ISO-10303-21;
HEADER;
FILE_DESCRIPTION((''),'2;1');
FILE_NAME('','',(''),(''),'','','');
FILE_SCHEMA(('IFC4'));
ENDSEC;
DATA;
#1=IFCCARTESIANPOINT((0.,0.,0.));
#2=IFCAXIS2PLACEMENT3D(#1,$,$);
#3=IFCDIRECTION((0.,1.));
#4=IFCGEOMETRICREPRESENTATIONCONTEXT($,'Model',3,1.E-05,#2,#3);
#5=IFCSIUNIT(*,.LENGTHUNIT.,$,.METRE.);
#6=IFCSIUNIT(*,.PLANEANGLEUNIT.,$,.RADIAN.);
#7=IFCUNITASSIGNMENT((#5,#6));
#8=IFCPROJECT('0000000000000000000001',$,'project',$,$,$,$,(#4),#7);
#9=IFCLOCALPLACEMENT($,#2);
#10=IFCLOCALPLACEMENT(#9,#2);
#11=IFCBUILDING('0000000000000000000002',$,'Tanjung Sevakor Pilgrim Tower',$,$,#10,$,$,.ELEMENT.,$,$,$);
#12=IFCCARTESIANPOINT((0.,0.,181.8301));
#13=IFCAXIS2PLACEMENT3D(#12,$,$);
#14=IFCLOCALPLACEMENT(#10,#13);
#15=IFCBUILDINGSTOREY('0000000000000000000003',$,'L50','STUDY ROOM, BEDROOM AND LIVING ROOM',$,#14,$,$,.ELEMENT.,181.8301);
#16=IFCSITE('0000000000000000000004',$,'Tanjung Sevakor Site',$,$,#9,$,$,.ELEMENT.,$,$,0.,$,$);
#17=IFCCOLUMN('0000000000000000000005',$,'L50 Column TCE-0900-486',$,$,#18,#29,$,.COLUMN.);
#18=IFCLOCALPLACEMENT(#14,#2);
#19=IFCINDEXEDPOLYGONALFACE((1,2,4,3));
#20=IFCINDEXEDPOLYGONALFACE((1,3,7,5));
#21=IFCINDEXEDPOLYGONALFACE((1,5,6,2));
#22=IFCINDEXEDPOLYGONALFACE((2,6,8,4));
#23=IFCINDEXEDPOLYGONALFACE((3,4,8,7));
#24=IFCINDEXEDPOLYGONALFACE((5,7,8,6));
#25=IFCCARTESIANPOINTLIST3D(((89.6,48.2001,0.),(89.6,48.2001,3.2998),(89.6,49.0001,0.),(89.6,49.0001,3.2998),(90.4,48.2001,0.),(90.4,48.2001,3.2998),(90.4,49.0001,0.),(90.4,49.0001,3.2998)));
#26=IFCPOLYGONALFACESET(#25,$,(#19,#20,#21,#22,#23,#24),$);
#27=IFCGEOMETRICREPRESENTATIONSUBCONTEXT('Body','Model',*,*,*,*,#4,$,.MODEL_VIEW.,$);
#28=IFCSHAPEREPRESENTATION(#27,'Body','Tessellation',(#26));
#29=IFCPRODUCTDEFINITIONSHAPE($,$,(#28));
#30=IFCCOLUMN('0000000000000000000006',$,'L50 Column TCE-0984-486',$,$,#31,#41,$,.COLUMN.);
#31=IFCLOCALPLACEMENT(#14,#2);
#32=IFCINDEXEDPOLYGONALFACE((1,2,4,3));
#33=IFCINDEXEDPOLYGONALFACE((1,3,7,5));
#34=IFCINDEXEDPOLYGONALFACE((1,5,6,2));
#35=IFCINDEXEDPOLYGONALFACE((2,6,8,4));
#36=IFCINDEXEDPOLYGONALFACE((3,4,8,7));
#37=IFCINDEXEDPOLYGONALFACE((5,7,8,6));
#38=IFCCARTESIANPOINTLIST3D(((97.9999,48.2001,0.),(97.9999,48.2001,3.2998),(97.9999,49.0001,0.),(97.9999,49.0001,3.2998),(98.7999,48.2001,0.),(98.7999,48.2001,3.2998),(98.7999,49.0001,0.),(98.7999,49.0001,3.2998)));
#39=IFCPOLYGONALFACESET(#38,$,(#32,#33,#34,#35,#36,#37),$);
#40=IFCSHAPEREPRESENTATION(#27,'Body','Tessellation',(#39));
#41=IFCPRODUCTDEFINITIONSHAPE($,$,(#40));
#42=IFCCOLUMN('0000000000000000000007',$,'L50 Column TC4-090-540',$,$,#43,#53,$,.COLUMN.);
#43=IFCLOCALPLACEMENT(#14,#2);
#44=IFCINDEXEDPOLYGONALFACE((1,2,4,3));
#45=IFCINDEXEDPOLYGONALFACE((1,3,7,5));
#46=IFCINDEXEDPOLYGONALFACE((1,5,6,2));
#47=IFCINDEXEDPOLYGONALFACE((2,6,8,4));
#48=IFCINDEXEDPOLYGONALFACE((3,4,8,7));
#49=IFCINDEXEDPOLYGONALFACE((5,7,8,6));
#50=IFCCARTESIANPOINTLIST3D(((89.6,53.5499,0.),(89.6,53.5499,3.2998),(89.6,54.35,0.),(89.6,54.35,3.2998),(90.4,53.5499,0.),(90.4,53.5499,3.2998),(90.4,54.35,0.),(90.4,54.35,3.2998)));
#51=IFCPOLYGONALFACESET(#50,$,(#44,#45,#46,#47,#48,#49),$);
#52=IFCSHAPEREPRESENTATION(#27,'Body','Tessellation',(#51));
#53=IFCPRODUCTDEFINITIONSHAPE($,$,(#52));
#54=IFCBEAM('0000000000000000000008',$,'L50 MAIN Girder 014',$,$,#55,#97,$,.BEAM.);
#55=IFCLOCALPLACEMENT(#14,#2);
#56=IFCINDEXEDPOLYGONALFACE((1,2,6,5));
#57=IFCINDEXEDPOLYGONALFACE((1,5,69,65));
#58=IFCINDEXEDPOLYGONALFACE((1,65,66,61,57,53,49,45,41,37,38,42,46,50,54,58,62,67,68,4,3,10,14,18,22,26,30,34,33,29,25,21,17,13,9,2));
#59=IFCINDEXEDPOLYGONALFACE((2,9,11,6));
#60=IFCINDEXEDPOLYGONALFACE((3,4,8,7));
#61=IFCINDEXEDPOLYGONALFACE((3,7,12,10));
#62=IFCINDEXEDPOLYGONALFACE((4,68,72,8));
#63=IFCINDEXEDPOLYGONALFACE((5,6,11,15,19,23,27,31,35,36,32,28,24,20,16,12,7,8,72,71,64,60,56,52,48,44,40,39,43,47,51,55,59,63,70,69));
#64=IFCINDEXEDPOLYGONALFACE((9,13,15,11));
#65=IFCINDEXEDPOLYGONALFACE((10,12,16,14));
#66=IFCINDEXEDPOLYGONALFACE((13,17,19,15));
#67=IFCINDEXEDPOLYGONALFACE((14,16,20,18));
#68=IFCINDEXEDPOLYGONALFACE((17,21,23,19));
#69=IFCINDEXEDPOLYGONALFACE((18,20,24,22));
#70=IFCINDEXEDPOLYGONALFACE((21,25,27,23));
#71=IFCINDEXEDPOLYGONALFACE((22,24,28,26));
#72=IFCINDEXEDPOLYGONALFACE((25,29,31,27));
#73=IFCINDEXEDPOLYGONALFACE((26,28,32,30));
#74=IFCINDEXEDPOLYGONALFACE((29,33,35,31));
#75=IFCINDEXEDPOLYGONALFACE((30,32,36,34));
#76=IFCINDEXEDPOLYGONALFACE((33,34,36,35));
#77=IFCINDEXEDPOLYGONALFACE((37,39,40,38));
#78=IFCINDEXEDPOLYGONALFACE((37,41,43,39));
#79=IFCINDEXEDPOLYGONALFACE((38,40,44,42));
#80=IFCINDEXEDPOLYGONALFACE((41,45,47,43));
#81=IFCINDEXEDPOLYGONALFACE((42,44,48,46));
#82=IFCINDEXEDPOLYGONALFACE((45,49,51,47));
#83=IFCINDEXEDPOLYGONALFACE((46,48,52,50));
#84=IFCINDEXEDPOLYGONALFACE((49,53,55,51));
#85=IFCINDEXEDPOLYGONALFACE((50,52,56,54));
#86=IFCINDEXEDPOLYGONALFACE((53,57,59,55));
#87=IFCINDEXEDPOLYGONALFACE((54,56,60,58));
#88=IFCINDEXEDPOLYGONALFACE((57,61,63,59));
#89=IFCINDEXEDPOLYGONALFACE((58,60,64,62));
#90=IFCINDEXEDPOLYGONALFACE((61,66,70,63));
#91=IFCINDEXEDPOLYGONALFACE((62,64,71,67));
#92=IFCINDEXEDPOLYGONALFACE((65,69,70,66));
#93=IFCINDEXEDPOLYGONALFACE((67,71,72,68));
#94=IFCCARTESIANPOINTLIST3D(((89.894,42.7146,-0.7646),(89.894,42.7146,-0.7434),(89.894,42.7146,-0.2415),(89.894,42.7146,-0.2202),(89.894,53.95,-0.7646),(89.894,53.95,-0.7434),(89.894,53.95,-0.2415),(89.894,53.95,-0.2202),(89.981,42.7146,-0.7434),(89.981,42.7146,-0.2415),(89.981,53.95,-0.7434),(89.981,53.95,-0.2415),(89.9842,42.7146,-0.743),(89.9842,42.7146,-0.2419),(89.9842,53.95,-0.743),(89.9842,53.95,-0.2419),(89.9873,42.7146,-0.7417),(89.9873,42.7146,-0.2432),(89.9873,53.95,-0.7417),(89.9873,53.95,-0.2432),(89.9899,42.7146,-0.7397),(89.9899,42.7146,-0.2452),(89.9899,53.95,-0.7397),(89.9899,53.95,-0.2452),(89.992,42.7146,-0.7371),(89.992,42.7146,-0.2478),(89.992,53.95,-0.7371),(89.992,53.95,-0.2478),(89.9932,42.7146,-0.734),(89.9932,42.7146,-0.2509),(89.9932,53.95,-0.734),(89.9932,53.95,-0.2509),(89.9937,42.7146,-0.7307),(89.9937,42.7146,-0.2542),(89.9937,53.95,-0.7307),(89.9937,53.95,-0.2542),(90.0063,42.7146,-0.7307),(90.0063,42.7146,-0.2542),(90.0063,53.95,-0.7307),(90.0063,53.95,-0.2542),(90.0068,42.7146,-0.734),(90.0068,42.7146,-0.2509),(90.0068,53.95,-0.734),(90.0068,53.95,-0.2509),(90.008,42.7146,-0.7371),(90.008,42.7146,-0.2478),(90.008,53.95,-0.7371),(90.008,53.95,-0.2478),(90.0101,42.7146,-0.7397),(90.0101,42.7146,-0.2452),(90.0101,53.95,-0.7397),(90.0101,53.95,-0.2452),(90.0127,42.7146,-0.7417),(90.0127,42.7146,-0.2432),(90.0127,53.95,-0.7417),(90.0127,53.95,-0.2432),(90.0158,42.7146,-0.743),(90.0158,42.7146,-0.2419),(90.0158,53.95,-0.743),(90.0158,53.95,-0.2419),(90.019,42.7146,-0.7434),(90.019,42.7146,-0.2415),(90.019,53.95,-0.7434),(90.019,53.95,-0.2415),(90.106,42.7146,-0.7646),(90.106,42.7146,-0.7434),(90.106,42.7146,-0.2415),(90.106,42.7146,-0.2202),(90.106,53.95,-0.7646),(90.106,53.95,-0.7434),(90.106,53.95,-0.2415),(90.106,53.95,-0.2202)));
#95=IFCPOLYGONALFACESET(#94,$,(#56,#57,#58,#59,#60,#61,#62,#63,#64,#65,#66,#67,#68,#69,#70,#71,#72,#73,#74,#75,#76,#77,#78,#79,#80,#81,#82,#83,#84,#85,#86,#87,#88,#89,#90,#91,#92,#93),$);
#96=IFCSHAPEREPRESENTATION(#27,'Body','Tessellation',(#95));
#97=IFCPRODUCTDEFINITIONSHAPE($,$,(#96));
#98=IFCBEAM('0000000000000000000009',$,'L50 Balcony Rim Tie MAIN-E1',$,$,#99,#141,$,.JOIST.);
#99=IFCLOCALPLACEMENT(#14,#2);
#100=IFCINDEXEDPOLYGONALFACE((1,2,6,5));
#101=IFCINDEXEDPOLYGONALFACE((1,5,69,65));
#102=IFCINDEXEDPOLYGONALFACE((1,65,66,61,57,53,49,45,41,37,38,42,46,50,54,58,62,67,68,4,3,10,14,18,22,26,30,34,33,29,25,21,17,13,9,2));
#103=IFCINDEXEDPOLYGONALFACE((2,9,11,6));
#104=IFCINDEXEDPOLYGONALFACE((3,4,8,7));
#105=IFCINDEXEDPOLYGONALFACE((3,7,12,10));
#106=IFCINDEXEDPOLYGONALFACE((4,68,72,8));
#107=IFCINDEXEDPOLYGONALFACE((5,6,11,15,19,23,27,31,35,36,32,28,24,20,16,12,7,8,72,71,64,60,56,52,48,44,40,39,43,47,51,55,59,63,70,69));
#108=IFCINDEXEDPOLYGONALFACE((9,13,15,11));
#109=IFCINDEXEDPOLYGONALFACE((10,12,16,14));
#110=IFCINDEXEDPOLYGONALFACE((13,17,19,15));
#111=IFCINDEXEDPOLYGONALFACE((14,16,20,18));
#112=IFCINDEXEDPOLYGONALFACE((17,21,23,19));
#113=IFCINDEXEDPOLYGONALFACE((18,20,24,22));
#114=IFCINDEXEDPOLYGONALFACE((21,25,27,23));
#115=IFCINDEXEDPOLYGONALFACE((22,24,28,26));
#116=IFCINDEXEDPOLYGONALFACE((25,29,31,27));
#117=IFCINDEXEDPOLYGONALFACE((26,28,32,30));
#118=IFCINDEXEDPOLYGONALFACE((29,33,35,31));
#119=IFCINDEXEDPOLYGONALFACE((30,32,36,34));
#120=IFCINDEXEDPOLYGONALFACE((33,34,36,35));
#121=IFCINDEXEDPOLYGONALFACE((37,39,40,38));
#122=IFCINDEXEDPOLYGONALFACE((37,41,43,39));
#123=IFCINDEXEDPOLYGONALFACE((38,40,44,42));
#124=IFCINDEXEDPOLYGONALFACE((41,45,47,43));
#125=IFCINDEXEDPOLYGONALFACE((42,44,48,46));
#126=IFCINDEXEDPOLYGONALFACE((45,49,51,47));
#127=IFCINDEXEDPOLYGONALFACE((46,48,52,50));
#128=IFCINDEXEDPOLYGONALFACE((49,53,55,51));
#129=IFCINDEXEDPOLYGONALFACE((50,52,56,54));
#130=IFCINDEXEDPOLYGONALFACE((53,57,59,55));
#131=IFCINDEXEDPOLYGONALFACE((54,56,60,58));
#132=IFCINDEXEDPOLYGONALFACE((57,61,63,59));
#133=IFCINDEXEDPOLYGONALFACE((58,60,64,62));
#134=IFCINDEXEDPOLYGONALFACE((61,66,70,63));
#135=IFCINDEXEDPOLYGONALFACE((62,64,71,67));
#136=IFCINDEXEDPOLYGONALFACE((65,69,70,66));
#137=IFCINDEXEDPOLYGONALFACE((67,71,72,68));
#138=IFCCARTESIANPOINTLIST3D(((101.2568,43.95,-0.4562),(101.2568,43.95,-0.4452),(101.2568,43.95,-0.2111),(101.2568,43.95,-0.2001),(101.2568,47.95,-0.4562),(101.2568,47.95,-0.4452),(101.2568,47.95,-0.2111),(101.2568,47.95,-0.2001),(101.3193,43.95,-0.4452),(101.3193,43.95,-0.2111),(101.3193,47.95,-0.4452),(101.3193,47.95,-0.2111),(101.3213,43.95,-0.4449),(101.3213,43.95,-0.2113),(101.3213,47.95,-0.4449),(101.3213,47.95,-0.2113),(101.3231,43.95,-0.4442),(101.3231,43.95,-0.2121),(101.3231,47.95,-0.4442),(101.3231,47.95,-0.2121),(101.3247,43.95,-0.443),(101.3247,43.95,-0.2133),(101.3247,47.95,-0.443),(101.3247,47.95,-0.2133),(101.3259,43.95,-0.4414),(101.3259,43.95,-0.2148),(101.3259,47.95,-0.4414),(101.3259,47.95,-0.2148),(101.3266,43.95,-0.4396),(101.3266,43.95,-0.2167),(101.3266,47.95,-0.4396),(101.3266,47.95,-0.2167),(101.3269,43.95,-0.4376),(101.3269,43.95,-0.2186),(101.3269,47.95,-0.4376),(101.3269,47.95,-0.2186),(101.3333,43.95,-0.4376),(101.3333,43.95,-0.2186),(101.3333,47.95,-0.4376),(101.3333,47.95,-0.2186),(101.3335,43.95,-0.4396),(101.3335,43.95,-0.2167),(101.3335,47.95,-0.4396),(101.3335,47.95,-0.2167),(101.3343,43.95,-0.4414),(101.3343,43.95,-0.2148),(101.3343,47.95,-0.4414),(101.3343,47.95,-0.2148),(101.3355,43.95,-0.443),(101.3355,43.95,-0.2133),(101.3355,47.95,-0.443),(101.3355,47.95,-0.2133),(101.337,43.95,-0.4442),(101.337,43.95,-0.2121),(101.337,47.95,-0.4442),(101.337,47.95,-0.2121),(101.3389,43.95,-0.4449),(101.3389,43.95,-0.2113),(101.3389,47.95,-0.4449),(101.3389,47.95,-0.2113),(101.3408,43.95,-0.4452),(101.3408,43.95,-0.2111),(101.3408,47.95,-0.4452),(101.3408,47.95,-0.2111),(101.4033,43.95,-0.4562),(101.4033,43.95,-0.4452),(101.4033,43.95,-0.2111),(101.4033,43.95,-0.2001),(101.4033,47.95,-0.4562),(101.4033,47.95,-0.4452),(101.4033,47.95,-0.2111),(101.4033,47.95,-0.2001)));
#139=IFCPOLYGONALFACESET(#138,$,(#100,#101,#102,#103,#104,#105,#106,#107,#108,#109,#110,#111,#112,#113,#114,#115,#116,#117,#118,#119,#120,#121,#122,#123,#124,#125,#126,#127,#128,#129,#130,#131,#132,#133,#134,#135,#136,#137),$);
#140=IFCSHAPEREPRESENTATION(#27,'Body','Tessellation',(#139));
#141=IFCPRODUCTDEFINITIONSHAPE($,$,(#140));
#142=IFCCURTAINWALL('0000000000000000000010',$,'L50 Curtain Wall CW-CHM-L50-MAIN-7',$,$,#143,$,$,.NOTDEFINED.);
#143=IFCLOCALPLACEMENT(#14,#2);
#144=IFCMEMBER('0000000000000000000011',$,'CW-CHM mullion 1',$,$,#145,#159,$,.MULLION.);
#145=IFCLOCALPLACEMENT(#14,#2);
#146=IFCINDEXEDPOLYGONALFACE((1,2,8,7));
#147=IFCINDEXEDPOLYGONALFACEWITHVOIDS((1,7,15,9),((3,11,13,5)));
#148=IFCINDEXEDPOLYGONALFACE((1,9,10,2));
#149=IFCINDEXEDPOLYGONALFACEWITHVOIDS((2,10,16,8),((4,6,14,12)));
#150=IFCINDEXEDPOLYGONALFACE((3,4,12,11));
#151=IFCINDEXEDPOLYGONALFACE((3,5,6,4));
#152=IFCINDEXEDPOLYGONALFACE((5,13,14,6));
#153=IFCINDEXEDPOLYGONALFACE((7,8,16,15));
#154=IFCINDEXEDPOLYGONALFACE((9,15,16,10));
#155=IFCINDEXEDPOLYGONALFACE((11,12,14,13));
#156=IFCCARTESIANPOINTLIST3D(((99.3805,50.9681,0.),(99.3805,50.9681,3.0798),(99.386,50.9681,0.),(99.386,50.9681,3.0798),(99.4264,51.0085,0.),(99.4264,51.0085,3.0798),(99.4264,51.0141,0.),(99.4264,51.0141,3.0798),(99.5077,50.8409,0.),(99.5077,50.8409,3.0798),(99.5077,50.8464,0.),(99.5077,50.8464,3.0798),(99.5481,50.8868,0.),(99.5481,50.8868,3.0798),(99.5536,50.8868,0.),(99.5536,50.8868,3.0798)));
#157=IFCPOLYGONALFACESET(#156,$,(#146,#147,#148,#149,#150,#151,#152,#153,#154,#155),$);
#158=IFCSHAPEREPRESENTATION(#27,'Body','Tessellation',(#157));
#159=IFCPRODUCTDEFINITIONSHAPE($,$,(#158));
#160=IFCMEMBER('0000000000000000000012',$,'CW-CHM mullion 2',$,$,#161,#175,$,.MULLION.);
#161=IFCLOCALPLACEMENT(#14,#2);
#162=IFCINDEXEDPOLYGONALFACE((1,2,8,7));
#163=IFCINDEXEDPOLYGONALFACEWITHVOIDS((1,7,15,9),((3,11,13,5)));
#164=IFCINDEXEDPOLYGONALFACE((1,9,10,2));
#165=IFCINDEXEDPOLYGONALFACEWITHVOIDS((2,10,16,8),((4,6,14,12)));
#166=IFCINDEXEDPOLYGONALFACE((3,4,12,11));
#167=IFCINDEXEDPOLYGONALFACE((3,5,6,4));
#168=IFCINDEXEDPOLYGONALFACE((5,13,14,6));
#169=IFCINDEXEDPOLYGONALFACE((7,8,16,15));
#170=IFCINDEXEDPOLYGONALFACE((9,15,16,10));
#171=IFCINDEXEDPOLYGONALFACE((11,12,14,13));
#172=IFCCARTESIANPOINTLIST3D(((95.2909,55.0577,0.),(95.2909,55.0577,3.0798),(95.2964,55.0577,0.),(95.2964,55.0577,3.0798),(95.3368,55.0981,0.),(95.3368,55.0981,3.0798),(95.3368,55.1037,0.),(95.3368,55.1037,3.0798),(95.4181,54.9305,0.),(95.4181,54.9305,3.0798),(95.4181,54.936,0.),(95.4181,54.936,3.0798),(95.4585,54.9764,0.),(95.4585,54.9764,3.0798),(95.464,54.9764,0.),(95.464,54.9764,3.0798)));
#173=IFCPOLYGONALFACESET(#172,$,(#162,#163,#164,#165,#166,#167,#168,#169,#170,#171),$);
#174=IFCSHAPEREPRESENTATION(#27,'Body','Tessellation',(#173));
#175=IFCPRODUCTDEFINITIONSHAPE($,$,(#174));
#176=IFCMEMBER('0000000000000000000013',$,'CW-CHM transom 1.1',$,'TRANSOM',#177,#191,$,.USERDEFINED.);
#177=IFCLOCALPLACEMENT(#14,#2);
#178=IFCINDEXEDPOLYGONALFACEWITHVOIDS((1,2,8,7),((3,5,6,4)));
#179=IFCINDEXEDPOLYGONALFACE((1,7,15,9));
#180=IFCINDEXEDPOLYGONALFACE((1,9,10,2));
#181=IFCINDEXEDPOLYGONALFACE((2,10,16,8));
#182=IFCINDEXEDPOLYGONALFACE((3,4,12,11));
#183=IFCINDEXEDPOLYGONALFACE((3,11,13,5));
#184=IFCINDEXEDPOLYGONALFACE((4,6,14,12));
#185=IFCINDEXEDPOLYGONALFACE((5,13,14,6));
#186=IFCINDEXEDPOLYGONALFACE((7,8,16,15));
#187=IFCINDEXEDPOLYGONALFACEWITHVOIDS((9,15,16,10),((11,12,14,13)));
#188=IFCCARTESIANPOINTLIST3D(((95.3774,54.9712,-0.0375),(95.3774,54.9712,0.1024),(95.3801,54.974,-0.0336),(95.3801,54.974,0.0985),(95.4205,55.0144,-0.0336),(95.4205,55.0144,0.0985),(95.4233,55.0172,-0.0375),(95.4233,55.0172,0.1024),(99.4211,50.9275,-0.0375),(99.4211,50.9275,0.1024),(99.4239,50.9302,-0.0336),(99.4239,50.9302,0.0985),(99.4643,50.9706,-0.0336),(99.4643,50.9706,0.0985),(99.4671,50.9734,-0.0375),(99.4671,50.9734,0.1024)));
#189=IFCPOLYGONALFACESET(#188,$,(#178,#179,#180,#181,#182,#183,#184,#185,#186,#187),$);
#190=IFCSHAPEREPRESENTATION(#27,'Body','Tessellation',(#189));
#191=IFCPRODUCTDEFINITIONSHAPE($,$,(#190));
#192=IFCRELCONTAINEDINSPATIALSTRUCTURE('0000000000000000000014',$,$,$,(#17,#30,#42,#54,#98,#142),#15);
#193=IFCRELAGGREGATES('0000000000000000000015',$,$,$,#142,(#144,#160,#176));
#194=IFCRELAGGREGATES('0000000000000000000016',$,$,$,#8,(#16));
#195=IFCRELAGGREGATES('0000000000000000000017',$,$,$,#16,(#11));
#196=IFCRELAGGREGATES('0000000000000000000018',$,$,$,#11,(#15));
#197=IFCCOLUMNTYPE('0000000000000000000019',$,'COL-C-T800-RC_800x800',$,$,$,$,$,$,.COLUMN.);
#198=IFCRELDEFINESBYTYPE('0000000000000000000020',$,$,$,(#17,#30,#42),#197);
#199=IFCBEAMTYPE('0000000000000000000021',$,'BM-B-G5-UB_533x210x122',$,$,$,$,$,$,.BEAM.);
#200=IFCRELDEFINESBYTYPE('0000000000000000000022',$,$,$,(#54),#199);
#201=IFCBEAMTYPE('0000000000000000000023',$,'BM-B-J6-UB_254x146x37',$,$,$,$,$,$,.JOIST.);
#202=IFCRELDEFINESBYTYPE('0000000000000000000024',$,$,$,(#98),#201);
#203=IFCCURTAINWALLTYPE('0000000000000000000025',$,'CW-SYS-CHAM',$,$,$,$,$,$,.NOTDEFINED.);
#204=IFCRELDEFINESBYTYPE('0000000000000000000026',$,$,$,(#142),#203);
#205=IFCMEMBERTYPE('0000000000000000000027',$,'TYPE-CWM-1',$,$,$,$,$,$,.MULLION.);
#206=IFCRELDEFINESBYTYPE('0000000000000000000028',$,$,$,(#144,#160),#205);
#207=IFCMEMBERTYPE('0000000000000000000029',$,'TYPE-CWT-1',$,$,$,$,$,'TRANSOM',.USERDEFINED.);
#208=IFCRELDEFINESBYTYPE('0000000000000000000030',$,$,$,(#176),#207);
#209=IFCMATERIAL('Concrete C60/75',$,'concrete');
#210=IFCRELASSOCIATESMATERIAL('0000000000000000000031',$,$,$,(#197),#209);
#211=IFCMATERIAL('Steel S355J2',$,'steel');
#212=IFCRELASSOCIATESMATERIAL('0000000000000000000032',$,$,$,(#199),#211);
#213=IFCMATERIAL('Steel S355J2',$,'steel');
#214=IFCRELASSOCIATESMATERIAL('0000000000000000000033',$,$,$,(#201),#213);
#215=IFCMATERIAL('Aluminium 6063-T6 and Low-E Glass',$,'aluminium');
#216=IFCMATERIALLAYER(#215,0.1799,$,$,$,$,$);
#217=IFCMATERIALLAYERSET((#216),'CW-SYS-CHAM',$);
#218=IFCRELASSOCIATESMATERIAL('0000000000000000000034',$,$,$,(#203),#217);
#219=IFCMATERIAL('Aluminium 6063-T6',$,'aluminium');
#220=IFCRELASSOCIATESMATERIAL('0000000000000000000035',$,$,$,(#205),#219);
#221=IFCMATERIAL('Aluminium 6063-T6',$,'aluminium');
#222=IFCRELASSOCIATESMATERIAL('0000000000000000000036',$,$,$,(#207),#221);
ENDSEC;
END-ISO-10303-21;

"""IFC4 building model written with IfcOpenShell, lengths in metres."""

from ifc_helpers import new_model, si_unit, direction, frame, origin, origin_2d, place, context, subcontext, project, spatial, rectangle, hollow_rectangle, i_section, extrude, material, layer, layer_set, material_profile, profile_set, type_object, element, aggregate, save


model = new_model("IFC4")

# Units and contexts
model_context = context("Model", 3, precision=1e-05, world=origin(), true_north=direction((0.0, 1.0)))
body_context = subcontext(model_context, "Body", "Model", "MODEL_VIEW")
ifc_project = project(units=[si_unit("LENGTHUNIT", "METRE"), si_unit("PLANEANGLEUNIT", "RADIAN")], contexts=[model_context])

# Site, building, storey
site_placement = place(None, origin())
site = spatial("IfcSite", under=ifc_project, at=site_placement, Name="Tanjung Sevakor Site", CompositionType="ELEMENT", RefElevation=0.0)
building_placement = place(site_placement, origin())
building = spatial("IfcBuilding", under=site, at=building_placement, Name="Tanjung Sevakor Pilgrim Tower", CompositionType="ELEMENT")
storey_placement = place(building_placement, frame((0.0, 0.0, 181.8301)))
storey = spatial("IfcBuildingStorey", under=building, at=storey_placement, Name="L50", Description="STUDY ROOM, BEDROOM AND LIVING ROOM", CompositionType="ELEMENT", Elevation=181.8301)

# Columns
ifc_material_1 = material(Name="Concrete C60/75", Category="concrete")
ifc_material_profile_1 = material_profile(ifc_material_1, rectangle(XDim=0.8, YDim=0.8, at=origin_2d()))
ifc_profile_set_1 = profile_set([ifc_material_profile_1], Name="Concrete C60/75")
column_type = type_object("IfcColumnType", Name="COL-C-T800-RC_800x800", PredefinedType="COLUMN", material=ifc_profile_set_1)
for number, where, z_axis, x_axis, name in (
    (1, (90.0, 48.6001, 0.0), (0.0, 0.0, 1.0), (1.0, 0.0, 0.0), "L50 Column TCE-0900-486"),
    (2, (98.3999, 48.6001, 0.0), (0.0, 0.0, 1.0), (1.0, 0.0, 0.0), "L50 Column TCE-0984-486"),
    (3, (90.0, 53.95, 0.0), (0.0, 0.0, 1.0), (1.0, 0.0, 0.0), "L50 Column TC4-090-540"),
):
    element("IfcColumn", number, at=place(storey_placement, frame(where, z_axis=z_axis, x_axis=x_axis)), inside=storey, type_object=column_type, Name=name, PredefinedType="COLUMN", context=body_context, shape_type="SweptSolid", body=[
        extrude(rectangle(XDim=0.8, YDim=0.8, at=origin_2d()), origin(), (0.0, 0.0, 1.0), 3.2998),
    ])

# Beams
ifc_material_2 = material(Name="Steel S355J2", Category="steel")
ifc_material_profile_2 = material_profile(ifc_material_2, i_section(OverallWidth=0.2119, OverallDepth=0.5444, WebThickness=0.0127, FlangeThickness=0.0212, FilletRadius=0.0127, at=origin_2d()))
ifc_profile_set_2 = profile_set([ifc_material_profile_2], Name="Steel S355J2")
beam_type_1 = type_object("IfcBeamType", Name="BM-B-G5-UB_533x210x122", PredefinedType="BEAM", material=ifc_profile_set_2)
beam_1_placement = place(storey_placement, frame((90.0, 42.7146, -0.4924), z_axis=(0.0, 1.0, 0.0), x_axis=(-1.0, 0.0, 0.0)))
element("IfcBeam", 4, at=beam_1_placement, inside=storey, type_object=beam_type_1, Name="L50 MAIN Girder 014", PredefinedType="BEAM", context=body_context, shape_type="SweptSolid", body=[
    extrude(i_section(OverallWidth=0.2119, OverallDepth=0.5444, WebThickness=0.0127, FlangeThickness=0.0212, FilletRadius=0.0127, at=origin_2d()), origin(), (0.0, 0.0, 1.0), 11.2354),
])
ifc_material_3 = material(Name="Steel S355J2", Category="steel")
ifc_material_profile_3 = material_profile(ifc_material_3, i_section(OverallWidth=0.1465, OverallDepth=0.2561, WebThickness=0.0063, FlangeThickness=0.011, FilletRadius=0.0076, at=origin_2d()))
ifc_profile_set_3 = profile_set([ifc_material_profile_3], Name="Steel S355J2")
beam_type_2 = type_object("IfcBeamType", Name="BM-B-J6-UB_254x146x37", PredefinedType="JOIST", material=ifc_profile_set_3)
beam_2_placement = place(storey_placement, frame((101.3301, 43.95, -0.3281), z_axis=(0.0, 1.0, 0.0), x_axis=(-1.0, 0.0, 0.0)))
element("IfcBeam", 5, at=beam_2_placement, inside=storey, type_object=beam_type_2, Name="L50 Balcony Rim Tie MAIN-E1", PredefinedType="JOIST", context=body_context, shape_type="SweptSolid", body=[
    extrude(i_section(OverallWidth=0.1465, OverallDepth=0.2561, WebThickness=0.0063, FlangeThickness=0.011, FilletRadius=0.0076, at=origin_2d()), origin(), (0.0, 0.0, 1.0), 4.0),
])

# Curtain wall, members
ifc_material_4 = material(Name="Aluminium 6063-T6 and Low-E Glass", Category="aluminium")
ifc_layer_1 = layer(ifc_material_4, 0.1799)
ifc_layer_set_1 = layer_set([ifc_layer_1], Name="CW-SYS-CHAM")
curtain_wall_type = type_object("IfcCurtainWallType", Name="CW-SYS-CHAM", PredefinedType="NOTDEFINED", material=ifc_layer_set_1)
curtain_wall_placement = place(storey_placement, origin())
curtain_wall = element("IfcCurtainWall", 6, at=curtain_wall_placement, inside=storey, type_object=curtain_wall_type, Name="L50 Curtain Wall CW-CHM-L50-MAIN-7", PredefinedType="NOTDEFINED")
ifc_material_5 = material(Name="Aluminium 6063-T6", Category="aluminium")
ifc_material_profile_4 = material_profile(ifc_material_5, hollow_rectangle(XDim=0.0649, YDim=0.1799, WallThickness=0.0039, at=origin_2d()))
ifc_profile_set_4 = profile_set([ifc_material_profile_4], Name="Aluminium 6063-T6")
member_type_1 = type_object("IfcMemberType", Name="TYPE-CWM-1", PredefinedType="MULLION", material=ifc_profile_set_4)
member_1_placement = place(storey_placement, frame((99.467, 50.9275, 0.0), z_axis=(0.0, 0.0, 1.0), x_axis=(-0.707107, -0.707107, 0.0)))
member_1 = element("IfcMember", 7, at=member_1_placement, type_object=member_type_1, Name="CW-CHM mullion 1", PredefinedType="MULLION", context=body_context, shape_type="SweptSolid", body=[
    extrude(hollow_rectangle(XDim=0.0649, YDim=0.1799, WallThickness=0.0039, at=origin_2d()), origin(), (0.0, 0.0, 1.0), 3.0798),
])
member_2_placement = place(storey_placement, frame((95.3774, 55.0171, 0.0), z_axis=(0.0, 0.0, 1.0), x_axis=(-0.707107, -0.707107, 0.0)))
member_2 = element("IfcMember", 8, at=member_2_placement, type_object=member_type_1, Name="CW-CHM mullion 2", PredefinedType="MULLION", context=body_context, shape_type="SweptSolid", body=[
    extrude(hollow_rectangle(XDim=0.0649, YDim=0.1799, WallThickness=0.0039, at=origin_2d()), origin(), (0.0, 0.0, 1.0), 3.0798),
])
ifc_material_6 = material(Name="Aluminium 6063-T6", Category="aluminium")
ifc_material_profile_5 = material_profile(ifc_material_6, hollow_rectangle(XDim=0.0649, YDim=0.1399, WallThickness=0.0039, at=origin_2d()))
ifc_profile_set_5 = profile_set([ifc_material_profile_5], Name="Aluminium 6063-T6")
member_type_2 = type_object("IfcMemberType", Name="TYPE-CWT-1", ElementType="TRANSOM", PredefinedType="USERDEFINED", material=ifc_profile_set_5)
member_3_placement = place(storey_placement, frame((99.4441, 50.9504, 0.0325), z_axis=(-0.707107, 0.707107, 0.0), x_axis=(-0.707107, -0.707107, 0.0)))
member_3 = element("IfcMember", 9, at=member_3_placement, type_object=member_type_2, Name="CW-CHM transom 1.1", ObjectType="TRANSOM", PredefinedType="USERDEFINED", context=body_context, shape_type="SweptSolid", body=[
    extrude(hollow_rectangle(XDim=0.0649, YDim=0.1399, WallThickness=0.0039, at=origin_2d()), origin(), (0.0, 0.0, 1.0), 5.7188),
])
aggregate(curtain_wall, [member_1, member_2, member_3])

save(model, "model.ifc")
